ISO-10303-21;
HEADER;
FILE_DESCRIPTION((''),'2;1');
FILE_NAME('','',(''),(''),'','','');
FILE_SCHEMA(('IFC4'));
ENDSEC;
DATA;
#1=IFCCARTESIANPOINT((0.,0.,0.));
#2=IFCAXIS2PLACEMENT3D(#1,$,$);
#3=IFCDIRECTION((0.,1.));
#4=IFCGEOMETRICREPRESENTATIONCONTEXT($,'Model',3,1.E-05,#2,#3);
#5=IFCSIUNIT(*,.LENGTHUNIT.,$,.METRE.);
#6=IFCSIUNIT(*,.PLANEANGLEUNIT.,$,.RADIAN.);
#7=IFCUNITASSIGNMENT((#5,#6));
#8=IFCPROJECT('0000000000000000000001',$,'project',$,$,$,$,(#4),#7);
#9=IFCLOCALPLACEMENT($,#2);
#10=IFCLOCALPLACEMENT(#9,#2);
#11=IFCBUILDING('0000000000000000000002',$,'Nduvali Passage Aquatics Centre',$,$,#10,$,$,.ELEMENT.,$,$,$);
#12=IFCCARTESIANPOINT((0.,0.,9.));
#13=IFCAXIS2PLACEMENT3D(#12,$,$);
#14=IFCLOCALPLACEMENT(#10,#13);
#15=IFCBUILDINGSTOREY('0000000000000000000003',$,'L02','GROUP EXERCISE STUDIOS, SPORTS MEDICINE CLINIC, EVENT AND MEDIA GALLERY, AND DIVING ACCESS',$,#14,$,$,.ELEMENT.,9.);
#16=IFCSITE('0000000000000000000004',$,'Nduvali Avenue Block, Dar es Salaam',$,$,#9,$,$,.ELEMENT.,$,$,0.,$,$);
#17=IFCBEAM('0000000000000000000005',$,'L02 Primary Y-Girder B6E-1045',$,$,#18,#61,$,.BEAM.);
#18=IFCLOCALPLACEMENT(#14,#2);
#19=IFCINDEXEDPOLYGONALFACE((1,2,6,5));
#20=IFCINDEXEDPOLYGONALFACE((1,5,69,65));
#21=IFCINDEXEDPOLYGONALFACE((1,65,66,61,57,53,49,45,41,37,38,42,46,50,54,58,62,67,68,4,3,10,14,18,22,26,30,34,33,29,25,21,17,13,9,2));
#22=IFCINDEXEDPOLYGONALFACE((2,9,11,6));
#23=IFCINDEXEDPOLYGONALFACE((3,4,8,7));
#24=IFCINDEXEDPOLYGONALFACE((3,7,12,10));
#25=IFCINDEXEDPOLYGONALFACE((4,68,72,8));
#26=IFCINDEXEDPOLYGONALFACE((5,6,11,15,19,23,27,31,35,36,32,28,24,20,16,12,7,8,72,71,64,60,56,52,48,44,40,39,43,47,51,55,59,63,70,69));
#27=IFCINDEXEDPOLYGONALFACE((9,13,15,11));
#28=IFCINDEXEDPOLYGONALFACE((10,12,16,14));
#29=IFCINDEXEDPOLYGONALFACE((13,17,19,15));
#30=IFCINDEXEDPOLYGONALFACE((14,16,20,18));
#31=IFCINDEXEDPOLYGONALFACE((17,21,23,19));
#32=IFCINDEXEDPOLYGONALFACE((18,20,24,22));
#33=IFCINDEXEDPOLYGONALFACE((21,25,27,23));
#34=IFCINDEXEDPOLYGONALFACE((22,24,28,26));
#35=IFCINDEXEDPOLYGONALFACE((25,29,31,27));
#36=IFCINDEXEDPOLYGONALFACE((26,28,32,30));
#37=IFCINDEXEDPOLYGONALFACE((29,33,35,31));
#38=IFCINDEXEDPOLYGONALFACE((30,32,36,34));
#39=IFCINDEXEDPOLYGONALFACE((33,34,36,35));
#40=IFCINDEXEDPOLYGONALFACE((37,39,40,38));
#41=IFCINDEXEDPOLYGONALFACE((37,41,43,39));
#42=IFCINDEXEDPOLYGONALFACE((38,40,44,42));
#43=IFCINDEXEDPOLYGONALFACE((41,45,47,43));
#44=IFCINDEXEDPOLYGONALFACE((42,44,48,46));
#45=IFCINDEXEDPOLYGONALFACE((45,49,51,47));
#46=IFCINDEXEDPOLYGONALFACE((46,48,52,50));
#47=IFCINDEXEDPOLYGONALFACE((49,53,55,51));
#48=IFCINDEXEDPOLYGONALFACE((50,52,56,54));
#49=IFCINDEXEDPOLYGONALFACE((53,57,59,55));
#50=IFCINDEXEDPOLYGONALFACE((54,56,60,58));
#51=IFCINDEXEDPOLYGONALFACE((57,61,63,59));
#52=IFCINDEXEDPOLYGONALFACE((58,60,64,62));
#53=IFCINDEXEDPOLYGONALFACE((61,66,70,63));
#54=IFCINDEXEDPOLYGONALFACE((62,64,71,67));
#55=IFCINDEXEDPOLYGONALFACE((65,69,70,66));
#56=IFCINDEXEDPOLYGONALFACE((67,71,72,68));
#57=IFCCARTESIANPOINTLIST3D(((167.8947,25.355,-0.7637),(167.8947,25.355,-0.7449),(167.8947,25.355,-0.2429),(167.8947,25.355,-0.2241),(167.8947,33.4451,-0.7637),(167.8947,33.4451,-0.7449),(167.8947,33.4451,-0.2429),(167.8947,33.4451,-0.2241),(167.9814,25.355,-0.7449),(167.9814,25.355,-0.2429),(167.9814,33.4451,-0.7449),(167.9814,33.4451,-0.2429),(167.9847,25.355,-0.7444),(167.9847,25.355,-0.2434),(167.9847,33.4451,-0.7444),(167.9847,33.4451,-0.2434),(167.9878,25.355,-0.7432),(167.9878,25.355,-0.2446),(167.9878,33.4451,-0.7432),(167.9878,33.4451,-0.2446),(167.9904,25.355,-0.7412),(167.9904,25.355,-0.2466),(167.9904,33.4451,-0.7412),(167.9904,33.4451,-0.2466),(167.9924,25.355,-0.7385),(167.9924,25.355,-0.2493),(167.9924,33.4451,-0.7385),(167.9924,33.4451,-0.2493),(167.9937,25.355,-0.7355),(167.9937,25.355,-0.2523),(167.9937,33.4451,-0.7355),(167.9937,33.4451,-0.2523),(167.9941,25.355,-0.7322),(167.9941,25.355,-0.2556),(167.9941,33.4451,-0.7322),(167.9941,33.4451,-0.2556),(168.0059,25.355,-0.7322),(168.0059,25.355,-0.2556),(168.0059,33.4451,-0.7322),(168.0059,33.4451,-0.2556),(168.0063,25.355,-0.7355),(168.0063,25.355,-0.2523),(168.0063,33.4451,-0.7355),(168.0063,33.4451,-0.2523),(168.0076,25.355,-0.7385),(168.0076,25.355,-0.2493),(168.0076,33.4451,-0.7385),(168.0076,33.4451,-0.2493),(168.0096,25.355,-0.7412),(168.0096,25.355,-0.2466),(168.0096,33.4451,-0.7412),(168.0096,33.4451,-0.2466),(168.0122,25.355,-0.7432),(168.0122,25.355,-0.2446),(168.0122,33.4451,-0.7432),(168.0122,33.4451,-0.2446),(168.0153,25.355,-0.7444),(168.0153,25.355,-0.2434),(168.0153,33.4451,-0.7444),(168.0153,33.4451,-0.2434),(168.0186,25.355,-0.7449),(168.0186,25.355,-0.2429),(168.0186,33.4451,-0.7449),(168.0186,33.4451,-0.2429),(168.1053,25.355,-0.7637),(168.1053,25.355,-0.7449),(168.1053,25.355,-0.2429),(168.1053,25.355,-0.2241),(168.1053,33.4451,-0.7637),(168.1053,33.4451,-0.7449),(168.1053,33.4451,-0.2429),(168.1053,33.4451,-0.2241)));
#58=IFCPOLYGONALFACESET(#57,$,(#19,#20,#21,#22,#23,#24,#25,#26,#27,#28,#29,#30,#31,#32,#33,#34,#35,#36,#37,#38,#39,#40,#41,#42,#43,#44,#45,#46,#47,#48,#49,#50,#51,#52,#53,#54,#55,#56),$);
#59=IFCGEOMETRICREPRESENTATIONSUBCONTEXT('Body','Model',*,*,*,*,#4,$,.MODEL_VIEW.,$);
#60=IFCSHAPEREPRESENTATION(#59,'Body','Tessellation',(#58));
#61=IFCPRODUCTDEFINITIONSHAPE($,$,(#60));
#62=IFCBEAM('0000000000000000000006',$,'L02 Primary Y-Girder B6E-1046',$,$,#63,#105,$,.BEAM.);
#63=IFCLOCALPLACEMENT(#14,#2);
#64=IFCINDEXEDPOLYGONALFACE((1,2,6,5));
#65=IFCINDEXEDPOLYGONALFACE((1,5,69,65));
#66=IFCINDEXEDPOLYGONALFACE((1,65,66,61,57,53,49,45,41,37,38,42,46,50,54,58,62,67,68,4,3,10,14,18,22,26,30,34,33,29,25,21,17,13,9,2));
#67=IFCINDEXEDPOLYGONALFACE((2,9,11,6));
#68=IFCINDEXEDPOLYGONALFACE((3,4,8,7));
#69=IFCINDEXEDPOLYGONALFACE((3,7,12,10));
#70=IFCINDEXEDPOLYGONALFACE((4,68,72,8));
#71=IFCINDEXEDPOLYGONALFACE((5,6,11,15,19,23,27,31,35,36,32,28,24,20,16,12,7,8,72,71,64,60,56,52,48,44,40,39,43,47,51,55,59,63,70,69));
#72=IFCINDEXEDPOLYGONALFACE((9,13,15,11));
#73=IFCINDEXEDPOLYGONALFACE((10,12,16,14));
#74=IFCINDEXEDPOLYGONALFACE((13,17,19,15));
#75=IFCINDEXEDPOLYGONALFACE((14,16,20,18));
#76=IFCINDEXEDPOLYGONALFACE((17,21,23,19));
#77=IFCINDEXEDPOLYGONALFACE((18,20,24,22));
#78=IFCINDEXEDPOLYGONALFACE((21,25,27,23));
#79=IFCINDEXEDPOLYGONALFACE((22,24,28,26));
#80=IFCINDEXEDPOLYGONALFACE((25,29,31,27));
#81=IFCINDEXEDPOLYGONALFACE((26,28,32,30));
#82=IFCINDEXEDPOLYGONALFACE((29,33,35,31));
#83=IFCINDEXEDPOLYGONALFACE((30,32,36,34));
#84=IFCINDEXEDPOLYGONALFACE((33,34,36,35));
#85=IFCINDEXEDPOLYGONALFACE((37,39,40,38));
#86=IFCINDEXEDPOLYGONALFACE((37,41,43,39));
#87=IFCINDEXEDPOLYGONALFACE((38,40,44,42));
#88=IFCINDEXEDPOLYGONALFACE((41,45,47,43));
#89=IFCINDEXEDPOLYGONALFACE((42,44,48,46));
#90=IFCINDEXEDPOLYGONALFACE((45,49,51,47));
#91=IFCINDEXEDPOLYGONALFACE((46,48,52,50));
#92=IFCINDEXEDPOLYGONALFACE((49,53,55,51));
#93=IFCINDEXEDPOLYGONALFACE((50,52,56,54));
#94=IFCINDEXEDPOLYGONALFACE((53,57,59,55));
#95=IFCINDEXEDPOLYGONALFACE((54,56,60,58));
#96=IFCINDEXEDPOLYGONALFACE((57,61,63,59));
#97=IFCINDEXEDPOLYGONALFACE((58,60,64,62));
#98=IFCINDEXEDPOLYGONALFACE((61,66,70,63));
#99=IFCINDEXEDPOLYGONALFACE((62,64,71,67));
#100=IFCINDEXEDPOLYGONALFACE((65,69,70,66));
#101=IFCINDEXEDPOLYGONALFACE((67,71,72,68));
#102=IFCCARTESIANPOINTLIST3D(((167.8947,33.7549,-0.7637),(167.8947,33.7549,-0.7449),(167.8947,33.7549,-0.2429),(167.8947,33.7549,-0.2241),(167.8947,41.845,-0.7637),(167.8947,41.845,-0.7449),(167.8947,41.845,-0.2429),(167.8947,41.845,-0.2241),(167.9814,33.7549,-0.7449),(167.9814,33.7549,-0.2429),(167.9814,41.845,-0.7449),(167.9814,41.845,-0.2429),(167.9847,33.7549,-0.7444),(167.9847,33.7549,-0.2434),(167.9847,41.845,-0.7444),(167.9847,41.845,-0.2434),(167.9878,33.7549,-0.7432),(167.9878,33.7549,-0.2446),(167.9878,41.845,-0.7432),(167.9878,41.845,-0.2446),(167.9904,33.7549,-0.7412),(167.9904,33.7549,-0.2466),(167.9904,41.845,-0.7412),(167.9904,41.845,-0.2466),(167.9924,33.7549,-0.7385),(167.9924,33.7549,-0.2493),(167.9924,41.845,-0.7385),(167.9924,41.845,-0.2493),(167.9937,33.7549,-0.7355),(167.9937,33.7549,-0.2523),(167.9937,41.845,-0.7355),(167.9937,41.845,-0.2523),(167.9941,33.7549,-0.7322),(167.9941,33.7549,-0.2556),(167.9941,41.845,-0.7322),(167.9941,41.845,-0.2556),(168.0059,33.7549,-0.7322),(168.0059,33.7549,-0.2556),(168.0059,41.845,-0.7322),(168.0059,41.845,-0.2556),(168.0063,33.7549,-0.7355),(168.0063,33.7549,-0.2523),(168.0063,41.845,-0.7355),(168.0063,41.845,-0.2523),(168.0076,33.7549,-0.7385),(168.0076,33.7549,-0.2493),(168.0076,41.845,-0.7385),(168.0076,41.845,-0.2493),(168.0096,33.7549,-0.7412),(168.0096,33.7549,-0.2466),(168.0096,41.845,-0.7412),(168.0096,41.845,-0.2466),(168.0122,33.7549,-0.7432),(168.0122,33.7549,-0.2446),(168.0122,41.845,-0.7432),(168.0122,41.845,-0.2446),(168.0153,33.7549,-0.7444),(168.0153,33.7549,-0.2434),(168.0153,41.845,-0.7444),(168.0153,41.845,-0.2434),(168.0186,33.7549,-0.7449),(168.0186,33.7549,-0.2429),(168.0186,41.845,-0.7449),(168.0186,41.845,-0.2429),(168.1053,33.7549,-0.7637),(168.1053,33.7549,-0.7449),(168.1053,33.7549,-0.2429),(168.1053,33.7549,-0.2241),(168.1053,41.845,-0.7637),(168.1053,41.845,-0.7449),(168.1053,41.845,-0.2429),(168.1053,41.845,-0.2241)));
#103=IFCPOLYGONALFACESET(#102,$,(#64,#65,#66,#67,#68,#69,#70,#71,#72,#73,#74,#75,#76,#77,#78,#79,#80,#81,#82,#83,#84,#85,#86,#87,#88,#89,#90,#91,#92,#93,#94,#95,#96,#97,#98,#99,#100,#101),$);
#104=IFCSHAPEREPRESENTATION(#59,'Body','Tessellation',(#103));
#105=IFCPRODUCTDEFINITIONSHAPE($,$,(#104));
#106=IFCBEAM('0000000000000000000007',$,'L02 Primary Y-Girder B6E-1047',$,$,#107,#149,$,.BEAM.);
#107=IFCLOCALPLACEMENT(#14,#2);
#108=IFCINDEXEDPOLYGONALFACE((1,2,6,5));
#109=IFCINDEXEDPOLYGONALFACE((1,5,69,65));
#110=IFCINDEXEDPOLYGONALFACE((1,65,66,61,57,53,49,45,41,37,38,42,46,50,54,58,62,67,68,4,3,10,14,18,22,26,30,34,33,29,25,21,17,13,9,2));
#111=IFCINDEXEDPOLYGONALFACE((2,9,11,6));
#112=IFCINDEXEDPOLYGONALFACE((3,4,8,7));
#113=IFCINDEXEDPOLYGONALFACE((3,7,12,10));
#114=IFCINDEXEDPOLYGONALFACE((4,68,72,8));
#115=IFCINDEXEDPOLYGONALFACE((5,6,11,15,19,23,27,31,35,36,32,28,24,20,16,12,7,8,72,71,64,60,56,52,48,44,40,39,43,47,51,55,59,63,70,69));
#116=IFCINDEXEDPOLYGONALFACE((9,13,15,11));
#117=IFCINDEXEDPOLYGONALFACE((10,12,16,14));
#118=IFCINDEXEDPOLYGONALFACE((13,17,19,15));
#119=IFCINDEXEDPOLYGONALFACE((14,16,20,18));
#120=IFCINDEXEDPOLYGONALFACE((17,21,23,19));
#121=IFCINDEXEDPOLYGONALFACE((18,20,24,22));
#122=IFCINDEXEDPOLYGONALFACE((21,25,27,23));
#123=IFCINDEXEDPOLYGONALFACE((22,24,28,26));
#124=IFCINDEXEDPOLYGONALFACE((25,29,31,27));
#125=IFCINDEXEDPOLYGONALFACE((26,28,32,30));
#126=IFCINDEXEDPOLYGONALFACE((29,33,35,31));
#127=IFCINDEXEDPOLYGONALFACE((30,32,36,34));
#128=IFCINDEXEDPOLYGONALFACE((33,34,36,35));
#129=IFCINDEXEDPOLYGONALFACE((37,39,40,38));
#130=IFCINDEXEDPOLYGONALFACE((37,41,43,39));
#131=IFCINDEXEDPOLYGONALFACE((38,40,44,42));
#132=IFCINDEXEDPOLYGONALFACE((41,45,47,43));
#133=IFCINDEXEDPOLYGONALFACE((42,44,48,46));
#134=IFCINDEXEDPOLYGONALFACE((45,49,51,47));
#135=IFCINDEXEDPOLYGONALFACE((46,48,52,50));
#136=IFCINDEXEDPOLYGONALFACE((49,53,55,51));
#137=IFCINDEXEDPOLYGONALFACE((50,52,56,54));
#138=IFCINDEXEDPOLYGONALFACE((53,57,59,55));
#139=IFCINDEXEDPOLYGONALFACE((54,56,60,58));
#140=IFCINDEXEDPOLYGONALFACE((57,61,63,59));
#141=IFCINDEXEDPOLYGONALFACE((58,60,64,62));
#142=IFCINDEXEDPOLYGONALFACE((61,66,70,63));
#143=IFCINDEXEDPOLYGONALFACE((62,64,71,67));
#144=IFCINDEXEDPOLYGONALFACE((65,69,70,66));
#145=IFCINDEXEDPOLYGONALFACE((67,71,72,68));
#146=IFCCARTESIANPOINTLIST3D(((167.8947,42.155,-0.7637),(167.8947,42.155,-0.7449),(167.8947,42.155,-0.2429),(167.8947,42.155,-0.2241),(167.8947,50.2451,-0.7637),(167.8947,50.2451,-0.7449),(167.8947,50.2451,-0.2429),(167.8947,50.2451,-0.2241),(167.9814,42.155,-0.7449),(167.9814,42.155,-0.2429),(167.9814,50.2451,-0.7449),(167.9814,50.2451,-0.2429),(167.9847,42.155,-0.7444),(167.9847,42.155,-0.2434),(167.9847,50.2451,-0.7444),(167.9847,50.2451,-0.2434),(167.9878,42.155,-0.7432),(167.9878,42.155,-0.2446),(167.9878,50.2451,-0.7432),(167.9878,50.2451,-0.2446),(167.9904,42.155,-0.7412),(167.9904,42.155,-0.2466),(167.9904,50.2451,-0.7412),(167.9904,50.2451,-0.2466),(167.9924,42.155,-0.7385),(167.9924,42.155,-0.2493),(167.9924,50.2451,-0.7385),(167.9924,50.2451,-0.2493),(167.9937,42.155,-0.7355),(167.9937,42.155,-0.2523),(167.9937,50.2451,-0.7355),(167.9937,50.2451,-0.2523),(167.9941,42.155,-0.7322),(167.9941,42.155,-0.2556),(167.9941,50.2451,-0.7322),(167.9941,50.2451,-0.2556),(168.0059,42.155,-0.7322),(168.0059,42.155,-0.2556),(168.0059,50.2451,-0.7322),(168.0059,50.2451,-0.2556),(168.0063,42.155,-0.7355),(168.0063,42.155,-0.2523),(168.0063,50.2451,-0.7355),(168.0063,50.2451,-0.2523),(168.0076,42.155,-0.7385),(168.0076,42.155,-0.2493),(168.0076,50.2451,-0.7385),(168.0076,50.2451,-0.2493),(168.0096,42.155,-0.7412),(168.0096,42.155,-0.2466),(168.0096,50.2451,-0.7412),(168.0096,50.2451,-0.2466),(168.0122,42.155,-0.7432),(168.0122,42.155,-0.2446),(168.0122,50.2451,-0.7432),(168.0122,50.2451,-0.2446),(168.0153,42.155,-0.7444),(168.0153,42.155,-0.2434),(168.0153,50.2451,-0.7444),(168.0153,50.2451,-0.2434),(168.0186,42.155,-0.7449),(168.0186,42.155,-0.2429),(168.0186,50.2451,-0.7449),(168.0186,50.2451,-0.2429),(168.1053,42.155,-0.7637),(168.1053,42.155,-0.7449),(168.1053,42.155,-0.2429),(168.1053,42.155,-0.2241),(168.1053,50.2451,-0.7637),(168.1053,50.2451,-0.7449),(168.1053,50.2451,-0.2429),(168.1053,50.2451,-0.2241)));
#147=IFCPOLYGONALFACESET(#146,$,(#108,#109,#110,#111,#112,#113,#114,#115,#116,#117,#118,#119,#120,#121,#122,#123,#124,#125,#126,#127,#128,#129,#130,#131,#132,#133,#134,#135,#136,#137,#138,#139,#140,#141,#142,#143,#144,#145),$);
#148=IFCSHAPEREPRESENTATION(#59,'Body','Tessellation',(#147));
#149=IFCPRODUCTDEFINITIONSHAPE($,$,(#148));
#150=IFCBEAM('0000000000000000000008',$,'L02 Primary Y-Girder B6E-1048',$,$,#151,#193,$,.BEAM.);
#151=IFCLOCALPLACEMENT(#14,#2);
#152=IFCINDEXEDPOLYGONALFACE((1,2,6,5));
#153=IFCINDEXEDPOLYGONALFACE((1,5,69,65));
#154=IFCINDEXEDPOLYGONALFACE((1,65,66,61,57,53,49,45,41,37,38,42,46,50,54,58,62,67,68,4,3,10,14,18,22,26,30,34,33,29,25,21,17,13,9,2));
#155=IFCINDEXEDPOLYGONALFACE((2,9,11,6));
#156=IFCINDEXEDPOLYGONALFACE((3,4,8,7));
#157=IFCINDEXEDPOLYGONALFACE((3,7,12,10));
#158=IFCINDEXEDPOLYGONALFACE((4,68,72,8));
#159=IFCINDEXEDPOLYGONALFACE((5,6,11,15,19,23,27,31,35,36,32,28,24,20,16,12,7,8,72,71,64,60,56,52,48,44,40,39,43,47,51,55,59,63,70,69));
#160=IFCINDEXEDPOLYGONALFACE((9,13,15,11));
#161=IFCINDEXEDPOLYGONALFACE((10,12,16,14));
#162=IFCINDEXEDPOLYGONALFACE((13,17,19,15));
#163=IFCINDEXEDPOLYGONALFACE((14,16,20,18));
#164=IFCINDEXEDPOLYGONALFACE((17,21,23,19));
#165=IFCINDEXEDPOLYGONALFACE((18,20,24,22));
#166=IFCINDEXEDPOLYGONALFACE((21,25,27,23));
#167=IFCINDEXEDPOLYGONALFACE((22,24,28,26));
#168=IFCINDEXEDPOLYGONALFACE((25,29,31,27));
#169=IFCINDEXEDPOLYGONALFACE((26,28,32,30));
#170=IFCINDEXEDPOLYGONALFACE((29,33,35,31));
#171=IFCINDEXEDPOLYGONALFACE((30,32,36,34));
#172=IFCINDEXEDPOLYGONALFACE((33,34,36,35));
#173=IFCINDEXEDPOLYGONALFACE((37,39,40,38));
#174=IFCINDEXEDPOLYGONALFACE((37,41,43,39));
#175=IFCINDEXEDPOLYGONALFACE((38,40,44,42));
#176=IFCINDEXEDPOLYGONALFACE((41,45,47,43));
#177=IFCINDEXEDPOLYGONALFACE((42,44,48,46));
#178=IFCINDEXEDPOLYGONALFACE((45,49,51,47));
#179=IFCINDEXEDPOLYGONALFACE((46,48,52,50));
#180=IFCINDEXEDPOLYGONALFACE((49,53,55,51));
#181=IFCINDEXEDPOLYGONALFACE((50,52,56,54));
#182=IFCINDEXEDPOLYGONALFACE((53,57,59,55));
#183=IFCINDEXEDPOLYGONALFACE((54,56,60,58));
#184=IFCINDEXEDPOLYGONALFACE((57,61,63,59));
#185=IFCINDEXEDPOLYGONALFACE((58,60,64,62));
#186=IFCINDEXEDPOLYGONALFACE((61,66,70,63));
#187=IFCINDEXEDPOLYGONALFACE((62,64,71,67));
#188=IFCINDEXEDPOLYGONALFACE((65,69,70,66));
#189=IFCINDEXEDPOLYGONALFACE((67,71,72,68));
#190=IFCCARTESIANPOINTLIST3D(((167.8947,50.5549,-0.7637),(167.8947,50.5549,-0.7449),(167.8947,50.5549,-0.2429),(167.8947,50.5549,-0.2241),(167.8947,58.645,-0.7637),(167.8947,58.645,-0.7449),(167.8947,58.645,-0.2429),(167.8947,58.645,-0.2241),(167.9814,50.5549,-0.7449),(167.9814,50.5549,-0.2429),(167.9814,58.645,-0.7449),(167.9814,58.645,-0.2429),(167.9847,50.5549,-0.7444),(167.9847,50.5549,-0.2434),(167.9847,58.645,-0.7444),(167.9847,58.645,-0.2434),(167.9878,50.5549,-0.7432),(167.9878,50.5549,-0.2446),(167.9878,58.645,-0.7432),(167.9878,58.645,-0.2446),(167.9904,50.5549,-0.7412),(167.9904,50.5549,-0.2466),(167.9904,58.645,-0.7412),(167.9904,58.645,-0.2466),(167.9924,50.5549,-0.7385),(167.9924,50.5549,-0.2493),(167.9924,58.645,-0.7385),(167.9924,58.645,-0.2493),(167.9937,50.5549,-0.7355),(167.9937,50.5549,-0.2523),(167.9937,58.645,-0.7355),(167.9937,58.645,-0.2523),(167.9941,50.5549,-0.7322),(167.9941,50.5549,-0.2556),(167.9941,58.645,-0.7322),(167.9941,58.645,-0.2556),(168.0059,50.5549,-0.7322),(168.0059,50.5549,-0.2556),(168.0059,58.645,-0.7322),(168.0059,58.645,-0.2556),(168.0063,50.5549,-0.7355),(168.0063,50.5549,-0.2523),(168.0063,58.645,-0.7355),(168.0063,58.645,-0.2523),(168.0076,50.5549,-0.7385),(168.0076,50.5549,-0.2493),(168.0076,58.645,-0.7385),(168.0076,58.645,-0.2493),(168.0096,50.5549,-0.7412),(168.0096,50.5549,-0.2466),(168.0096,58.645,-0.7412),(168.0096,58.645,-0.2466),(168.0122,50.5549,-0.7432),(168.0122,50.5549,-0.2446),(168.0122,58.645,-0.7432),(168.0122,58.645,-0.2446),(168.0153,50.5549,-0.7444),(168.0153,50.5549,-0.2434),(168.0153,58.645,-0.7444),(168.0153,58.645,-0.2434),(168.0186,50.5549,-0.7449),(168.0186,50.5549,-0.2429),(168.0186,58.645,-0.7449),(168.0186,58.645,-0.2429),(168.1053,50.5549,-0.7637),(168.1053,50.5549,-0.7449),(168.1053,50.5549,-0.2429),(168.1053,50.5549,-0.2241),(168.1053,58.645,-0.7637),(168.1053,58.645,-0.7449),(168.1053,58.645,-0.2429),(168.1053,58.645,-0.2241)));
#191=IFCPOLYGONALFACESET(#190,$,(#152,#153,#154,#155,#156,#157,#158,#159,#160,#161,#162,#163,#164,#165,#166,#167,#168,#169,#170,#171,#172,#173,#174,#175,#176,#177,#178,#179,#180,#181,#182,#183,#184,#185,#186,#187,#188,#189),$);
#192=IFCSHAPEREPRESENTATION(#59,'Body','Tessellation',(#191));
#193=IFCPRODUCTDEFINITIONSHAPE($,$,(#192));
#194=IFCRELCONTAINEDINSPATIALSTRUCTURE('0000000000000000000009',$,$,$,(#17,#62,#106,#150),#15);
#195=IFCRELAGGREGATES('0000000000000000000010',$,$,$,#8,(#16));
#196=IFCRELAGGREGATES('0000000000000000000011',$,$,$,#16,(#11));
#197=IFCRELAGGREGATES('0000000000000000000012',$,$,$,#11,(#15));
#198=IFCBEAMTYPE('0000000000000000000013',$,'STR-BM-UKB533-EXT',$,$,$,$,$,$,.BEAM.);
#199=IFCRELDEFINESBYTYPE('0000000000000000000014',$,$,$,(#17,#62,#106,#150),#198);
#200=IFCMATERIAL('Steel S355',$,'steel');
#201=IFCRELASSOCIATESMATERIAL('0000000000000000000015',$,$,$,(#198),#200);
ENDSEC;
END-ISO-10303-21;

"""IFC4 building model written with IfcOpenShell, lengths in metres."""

from ifc_helpers import new_model, si_unit, direction, frame, origin, origin_2d, place, context, subcontext, project, spatial, i_section, extrude, material, material_profile, profile_set, type_object, element, save


model = new_model("IFC4")

# Units and contexts
model_context = context("Model", 3, precision=1e-05, world=origin(), true_north=direction((0.0, 1.0)))
body_context = subcontext(model_context, "Body", "Model", "MODEL_VIEW")
ifc_project = project(units=[si_unit("LENGTHUNIT", "METRE"), si_unit("PLANEANGLEUNIT", "RADIAN")], contexts=[model_context])

# Site, building, storey
site_placement = place(None, origin())
site = spatial("IfcSite", under=ifc_project, at=site_placement, Name="Nduvali Avenue Block, Dar es Salaam", CompositionType="ELEMENT", RefElevation=0.0)
building_placement = place(site_placement, origin())
building = spatial("IfcBuilding", under=site, at=building_placement, Name="Nduvali Passage Aquatics Centre", CompositionType="ELEMENT")
storey_placement = place(building_placement, frame((0.0, 0.0, 9.0)))
storey = spatial("IfcBuildingStorey", under=building, at=storey_placement, Name="L02", Description="GROUP EXERCISE STUDIOS, SPORTS MEDICINE CLINIC, EVENT AND MEDIA GALLERY, AND DIVING ACCESS", CompositionType="ELEMENT", Elevation=9.0)

# Beams
ifc_material_1 = material(Name="Steel S355", Category="steel")
ifc_material_profile_1 = material_profile(ifc_material_1, i_section(OverallWidth=0.2107, OverallDepth=0.5396, WebThickness=0.0117, FlangeThickness=0.0188, FilletRadius=0.0127, at=origin_2d()), Name="UKB 533x210x109")
ifc_profile_set_1 = profile_set([ifc_material_profile_1], Name="Steel S355")
beam_type_1 = type_object("IfcBeamType", Name="STR-BM-UKB533-EXT", PredefinedType="BEAM", material=ifc_profile_set_1)
for number, where, z_axis, x_axis, name in (
    (1, (168.0, 25.355, -0.4939), (0.0, 1.0, 0.0), (-1.0, 0.0, 0.0), "L02 Primary Y-Girder B6E-1045"),
    (2, (168.0, 33.7549, -0.4939), (0.0, 1.0, 0.0), (-1.0, 0.0, 0.0), "L02 Primary Y-Girder B6E-1046"),
    (3, (168.0, 42.155, -0.4939), (0.0, 1.0, 0.0), (-1.0, 0.0, 0.0), "L02 Primary Y-Girder B6E-1047"),
    (4, (168.0, 50.5549, -0.4939), (0.0, 1.0, 0.0), (-1.0, 0.0, 0.0), "L02 Primary Y-Girder B6E-1048"),
):
    element("IfcBeam", number, at=place(storey_placement, frame(where, z_axis=z_axis, x_axis=x_axis)), inside=storey, type_object=beam_type_1, Name=name, PredefinedType="BEAM", context=body_context, shape_type="SweptSolid", body=[
        extrude(i_section(OverallWidth=0.2107, OverallDepth=0.5396, WebThickness=0.0117, FlangeThickness=0.0188, FilletRadius=0.0127, at=origin_2d()), origin(), (0.0, 0.0, 1.0), 8.0901),
    ])

save(model, "model.ifc")
